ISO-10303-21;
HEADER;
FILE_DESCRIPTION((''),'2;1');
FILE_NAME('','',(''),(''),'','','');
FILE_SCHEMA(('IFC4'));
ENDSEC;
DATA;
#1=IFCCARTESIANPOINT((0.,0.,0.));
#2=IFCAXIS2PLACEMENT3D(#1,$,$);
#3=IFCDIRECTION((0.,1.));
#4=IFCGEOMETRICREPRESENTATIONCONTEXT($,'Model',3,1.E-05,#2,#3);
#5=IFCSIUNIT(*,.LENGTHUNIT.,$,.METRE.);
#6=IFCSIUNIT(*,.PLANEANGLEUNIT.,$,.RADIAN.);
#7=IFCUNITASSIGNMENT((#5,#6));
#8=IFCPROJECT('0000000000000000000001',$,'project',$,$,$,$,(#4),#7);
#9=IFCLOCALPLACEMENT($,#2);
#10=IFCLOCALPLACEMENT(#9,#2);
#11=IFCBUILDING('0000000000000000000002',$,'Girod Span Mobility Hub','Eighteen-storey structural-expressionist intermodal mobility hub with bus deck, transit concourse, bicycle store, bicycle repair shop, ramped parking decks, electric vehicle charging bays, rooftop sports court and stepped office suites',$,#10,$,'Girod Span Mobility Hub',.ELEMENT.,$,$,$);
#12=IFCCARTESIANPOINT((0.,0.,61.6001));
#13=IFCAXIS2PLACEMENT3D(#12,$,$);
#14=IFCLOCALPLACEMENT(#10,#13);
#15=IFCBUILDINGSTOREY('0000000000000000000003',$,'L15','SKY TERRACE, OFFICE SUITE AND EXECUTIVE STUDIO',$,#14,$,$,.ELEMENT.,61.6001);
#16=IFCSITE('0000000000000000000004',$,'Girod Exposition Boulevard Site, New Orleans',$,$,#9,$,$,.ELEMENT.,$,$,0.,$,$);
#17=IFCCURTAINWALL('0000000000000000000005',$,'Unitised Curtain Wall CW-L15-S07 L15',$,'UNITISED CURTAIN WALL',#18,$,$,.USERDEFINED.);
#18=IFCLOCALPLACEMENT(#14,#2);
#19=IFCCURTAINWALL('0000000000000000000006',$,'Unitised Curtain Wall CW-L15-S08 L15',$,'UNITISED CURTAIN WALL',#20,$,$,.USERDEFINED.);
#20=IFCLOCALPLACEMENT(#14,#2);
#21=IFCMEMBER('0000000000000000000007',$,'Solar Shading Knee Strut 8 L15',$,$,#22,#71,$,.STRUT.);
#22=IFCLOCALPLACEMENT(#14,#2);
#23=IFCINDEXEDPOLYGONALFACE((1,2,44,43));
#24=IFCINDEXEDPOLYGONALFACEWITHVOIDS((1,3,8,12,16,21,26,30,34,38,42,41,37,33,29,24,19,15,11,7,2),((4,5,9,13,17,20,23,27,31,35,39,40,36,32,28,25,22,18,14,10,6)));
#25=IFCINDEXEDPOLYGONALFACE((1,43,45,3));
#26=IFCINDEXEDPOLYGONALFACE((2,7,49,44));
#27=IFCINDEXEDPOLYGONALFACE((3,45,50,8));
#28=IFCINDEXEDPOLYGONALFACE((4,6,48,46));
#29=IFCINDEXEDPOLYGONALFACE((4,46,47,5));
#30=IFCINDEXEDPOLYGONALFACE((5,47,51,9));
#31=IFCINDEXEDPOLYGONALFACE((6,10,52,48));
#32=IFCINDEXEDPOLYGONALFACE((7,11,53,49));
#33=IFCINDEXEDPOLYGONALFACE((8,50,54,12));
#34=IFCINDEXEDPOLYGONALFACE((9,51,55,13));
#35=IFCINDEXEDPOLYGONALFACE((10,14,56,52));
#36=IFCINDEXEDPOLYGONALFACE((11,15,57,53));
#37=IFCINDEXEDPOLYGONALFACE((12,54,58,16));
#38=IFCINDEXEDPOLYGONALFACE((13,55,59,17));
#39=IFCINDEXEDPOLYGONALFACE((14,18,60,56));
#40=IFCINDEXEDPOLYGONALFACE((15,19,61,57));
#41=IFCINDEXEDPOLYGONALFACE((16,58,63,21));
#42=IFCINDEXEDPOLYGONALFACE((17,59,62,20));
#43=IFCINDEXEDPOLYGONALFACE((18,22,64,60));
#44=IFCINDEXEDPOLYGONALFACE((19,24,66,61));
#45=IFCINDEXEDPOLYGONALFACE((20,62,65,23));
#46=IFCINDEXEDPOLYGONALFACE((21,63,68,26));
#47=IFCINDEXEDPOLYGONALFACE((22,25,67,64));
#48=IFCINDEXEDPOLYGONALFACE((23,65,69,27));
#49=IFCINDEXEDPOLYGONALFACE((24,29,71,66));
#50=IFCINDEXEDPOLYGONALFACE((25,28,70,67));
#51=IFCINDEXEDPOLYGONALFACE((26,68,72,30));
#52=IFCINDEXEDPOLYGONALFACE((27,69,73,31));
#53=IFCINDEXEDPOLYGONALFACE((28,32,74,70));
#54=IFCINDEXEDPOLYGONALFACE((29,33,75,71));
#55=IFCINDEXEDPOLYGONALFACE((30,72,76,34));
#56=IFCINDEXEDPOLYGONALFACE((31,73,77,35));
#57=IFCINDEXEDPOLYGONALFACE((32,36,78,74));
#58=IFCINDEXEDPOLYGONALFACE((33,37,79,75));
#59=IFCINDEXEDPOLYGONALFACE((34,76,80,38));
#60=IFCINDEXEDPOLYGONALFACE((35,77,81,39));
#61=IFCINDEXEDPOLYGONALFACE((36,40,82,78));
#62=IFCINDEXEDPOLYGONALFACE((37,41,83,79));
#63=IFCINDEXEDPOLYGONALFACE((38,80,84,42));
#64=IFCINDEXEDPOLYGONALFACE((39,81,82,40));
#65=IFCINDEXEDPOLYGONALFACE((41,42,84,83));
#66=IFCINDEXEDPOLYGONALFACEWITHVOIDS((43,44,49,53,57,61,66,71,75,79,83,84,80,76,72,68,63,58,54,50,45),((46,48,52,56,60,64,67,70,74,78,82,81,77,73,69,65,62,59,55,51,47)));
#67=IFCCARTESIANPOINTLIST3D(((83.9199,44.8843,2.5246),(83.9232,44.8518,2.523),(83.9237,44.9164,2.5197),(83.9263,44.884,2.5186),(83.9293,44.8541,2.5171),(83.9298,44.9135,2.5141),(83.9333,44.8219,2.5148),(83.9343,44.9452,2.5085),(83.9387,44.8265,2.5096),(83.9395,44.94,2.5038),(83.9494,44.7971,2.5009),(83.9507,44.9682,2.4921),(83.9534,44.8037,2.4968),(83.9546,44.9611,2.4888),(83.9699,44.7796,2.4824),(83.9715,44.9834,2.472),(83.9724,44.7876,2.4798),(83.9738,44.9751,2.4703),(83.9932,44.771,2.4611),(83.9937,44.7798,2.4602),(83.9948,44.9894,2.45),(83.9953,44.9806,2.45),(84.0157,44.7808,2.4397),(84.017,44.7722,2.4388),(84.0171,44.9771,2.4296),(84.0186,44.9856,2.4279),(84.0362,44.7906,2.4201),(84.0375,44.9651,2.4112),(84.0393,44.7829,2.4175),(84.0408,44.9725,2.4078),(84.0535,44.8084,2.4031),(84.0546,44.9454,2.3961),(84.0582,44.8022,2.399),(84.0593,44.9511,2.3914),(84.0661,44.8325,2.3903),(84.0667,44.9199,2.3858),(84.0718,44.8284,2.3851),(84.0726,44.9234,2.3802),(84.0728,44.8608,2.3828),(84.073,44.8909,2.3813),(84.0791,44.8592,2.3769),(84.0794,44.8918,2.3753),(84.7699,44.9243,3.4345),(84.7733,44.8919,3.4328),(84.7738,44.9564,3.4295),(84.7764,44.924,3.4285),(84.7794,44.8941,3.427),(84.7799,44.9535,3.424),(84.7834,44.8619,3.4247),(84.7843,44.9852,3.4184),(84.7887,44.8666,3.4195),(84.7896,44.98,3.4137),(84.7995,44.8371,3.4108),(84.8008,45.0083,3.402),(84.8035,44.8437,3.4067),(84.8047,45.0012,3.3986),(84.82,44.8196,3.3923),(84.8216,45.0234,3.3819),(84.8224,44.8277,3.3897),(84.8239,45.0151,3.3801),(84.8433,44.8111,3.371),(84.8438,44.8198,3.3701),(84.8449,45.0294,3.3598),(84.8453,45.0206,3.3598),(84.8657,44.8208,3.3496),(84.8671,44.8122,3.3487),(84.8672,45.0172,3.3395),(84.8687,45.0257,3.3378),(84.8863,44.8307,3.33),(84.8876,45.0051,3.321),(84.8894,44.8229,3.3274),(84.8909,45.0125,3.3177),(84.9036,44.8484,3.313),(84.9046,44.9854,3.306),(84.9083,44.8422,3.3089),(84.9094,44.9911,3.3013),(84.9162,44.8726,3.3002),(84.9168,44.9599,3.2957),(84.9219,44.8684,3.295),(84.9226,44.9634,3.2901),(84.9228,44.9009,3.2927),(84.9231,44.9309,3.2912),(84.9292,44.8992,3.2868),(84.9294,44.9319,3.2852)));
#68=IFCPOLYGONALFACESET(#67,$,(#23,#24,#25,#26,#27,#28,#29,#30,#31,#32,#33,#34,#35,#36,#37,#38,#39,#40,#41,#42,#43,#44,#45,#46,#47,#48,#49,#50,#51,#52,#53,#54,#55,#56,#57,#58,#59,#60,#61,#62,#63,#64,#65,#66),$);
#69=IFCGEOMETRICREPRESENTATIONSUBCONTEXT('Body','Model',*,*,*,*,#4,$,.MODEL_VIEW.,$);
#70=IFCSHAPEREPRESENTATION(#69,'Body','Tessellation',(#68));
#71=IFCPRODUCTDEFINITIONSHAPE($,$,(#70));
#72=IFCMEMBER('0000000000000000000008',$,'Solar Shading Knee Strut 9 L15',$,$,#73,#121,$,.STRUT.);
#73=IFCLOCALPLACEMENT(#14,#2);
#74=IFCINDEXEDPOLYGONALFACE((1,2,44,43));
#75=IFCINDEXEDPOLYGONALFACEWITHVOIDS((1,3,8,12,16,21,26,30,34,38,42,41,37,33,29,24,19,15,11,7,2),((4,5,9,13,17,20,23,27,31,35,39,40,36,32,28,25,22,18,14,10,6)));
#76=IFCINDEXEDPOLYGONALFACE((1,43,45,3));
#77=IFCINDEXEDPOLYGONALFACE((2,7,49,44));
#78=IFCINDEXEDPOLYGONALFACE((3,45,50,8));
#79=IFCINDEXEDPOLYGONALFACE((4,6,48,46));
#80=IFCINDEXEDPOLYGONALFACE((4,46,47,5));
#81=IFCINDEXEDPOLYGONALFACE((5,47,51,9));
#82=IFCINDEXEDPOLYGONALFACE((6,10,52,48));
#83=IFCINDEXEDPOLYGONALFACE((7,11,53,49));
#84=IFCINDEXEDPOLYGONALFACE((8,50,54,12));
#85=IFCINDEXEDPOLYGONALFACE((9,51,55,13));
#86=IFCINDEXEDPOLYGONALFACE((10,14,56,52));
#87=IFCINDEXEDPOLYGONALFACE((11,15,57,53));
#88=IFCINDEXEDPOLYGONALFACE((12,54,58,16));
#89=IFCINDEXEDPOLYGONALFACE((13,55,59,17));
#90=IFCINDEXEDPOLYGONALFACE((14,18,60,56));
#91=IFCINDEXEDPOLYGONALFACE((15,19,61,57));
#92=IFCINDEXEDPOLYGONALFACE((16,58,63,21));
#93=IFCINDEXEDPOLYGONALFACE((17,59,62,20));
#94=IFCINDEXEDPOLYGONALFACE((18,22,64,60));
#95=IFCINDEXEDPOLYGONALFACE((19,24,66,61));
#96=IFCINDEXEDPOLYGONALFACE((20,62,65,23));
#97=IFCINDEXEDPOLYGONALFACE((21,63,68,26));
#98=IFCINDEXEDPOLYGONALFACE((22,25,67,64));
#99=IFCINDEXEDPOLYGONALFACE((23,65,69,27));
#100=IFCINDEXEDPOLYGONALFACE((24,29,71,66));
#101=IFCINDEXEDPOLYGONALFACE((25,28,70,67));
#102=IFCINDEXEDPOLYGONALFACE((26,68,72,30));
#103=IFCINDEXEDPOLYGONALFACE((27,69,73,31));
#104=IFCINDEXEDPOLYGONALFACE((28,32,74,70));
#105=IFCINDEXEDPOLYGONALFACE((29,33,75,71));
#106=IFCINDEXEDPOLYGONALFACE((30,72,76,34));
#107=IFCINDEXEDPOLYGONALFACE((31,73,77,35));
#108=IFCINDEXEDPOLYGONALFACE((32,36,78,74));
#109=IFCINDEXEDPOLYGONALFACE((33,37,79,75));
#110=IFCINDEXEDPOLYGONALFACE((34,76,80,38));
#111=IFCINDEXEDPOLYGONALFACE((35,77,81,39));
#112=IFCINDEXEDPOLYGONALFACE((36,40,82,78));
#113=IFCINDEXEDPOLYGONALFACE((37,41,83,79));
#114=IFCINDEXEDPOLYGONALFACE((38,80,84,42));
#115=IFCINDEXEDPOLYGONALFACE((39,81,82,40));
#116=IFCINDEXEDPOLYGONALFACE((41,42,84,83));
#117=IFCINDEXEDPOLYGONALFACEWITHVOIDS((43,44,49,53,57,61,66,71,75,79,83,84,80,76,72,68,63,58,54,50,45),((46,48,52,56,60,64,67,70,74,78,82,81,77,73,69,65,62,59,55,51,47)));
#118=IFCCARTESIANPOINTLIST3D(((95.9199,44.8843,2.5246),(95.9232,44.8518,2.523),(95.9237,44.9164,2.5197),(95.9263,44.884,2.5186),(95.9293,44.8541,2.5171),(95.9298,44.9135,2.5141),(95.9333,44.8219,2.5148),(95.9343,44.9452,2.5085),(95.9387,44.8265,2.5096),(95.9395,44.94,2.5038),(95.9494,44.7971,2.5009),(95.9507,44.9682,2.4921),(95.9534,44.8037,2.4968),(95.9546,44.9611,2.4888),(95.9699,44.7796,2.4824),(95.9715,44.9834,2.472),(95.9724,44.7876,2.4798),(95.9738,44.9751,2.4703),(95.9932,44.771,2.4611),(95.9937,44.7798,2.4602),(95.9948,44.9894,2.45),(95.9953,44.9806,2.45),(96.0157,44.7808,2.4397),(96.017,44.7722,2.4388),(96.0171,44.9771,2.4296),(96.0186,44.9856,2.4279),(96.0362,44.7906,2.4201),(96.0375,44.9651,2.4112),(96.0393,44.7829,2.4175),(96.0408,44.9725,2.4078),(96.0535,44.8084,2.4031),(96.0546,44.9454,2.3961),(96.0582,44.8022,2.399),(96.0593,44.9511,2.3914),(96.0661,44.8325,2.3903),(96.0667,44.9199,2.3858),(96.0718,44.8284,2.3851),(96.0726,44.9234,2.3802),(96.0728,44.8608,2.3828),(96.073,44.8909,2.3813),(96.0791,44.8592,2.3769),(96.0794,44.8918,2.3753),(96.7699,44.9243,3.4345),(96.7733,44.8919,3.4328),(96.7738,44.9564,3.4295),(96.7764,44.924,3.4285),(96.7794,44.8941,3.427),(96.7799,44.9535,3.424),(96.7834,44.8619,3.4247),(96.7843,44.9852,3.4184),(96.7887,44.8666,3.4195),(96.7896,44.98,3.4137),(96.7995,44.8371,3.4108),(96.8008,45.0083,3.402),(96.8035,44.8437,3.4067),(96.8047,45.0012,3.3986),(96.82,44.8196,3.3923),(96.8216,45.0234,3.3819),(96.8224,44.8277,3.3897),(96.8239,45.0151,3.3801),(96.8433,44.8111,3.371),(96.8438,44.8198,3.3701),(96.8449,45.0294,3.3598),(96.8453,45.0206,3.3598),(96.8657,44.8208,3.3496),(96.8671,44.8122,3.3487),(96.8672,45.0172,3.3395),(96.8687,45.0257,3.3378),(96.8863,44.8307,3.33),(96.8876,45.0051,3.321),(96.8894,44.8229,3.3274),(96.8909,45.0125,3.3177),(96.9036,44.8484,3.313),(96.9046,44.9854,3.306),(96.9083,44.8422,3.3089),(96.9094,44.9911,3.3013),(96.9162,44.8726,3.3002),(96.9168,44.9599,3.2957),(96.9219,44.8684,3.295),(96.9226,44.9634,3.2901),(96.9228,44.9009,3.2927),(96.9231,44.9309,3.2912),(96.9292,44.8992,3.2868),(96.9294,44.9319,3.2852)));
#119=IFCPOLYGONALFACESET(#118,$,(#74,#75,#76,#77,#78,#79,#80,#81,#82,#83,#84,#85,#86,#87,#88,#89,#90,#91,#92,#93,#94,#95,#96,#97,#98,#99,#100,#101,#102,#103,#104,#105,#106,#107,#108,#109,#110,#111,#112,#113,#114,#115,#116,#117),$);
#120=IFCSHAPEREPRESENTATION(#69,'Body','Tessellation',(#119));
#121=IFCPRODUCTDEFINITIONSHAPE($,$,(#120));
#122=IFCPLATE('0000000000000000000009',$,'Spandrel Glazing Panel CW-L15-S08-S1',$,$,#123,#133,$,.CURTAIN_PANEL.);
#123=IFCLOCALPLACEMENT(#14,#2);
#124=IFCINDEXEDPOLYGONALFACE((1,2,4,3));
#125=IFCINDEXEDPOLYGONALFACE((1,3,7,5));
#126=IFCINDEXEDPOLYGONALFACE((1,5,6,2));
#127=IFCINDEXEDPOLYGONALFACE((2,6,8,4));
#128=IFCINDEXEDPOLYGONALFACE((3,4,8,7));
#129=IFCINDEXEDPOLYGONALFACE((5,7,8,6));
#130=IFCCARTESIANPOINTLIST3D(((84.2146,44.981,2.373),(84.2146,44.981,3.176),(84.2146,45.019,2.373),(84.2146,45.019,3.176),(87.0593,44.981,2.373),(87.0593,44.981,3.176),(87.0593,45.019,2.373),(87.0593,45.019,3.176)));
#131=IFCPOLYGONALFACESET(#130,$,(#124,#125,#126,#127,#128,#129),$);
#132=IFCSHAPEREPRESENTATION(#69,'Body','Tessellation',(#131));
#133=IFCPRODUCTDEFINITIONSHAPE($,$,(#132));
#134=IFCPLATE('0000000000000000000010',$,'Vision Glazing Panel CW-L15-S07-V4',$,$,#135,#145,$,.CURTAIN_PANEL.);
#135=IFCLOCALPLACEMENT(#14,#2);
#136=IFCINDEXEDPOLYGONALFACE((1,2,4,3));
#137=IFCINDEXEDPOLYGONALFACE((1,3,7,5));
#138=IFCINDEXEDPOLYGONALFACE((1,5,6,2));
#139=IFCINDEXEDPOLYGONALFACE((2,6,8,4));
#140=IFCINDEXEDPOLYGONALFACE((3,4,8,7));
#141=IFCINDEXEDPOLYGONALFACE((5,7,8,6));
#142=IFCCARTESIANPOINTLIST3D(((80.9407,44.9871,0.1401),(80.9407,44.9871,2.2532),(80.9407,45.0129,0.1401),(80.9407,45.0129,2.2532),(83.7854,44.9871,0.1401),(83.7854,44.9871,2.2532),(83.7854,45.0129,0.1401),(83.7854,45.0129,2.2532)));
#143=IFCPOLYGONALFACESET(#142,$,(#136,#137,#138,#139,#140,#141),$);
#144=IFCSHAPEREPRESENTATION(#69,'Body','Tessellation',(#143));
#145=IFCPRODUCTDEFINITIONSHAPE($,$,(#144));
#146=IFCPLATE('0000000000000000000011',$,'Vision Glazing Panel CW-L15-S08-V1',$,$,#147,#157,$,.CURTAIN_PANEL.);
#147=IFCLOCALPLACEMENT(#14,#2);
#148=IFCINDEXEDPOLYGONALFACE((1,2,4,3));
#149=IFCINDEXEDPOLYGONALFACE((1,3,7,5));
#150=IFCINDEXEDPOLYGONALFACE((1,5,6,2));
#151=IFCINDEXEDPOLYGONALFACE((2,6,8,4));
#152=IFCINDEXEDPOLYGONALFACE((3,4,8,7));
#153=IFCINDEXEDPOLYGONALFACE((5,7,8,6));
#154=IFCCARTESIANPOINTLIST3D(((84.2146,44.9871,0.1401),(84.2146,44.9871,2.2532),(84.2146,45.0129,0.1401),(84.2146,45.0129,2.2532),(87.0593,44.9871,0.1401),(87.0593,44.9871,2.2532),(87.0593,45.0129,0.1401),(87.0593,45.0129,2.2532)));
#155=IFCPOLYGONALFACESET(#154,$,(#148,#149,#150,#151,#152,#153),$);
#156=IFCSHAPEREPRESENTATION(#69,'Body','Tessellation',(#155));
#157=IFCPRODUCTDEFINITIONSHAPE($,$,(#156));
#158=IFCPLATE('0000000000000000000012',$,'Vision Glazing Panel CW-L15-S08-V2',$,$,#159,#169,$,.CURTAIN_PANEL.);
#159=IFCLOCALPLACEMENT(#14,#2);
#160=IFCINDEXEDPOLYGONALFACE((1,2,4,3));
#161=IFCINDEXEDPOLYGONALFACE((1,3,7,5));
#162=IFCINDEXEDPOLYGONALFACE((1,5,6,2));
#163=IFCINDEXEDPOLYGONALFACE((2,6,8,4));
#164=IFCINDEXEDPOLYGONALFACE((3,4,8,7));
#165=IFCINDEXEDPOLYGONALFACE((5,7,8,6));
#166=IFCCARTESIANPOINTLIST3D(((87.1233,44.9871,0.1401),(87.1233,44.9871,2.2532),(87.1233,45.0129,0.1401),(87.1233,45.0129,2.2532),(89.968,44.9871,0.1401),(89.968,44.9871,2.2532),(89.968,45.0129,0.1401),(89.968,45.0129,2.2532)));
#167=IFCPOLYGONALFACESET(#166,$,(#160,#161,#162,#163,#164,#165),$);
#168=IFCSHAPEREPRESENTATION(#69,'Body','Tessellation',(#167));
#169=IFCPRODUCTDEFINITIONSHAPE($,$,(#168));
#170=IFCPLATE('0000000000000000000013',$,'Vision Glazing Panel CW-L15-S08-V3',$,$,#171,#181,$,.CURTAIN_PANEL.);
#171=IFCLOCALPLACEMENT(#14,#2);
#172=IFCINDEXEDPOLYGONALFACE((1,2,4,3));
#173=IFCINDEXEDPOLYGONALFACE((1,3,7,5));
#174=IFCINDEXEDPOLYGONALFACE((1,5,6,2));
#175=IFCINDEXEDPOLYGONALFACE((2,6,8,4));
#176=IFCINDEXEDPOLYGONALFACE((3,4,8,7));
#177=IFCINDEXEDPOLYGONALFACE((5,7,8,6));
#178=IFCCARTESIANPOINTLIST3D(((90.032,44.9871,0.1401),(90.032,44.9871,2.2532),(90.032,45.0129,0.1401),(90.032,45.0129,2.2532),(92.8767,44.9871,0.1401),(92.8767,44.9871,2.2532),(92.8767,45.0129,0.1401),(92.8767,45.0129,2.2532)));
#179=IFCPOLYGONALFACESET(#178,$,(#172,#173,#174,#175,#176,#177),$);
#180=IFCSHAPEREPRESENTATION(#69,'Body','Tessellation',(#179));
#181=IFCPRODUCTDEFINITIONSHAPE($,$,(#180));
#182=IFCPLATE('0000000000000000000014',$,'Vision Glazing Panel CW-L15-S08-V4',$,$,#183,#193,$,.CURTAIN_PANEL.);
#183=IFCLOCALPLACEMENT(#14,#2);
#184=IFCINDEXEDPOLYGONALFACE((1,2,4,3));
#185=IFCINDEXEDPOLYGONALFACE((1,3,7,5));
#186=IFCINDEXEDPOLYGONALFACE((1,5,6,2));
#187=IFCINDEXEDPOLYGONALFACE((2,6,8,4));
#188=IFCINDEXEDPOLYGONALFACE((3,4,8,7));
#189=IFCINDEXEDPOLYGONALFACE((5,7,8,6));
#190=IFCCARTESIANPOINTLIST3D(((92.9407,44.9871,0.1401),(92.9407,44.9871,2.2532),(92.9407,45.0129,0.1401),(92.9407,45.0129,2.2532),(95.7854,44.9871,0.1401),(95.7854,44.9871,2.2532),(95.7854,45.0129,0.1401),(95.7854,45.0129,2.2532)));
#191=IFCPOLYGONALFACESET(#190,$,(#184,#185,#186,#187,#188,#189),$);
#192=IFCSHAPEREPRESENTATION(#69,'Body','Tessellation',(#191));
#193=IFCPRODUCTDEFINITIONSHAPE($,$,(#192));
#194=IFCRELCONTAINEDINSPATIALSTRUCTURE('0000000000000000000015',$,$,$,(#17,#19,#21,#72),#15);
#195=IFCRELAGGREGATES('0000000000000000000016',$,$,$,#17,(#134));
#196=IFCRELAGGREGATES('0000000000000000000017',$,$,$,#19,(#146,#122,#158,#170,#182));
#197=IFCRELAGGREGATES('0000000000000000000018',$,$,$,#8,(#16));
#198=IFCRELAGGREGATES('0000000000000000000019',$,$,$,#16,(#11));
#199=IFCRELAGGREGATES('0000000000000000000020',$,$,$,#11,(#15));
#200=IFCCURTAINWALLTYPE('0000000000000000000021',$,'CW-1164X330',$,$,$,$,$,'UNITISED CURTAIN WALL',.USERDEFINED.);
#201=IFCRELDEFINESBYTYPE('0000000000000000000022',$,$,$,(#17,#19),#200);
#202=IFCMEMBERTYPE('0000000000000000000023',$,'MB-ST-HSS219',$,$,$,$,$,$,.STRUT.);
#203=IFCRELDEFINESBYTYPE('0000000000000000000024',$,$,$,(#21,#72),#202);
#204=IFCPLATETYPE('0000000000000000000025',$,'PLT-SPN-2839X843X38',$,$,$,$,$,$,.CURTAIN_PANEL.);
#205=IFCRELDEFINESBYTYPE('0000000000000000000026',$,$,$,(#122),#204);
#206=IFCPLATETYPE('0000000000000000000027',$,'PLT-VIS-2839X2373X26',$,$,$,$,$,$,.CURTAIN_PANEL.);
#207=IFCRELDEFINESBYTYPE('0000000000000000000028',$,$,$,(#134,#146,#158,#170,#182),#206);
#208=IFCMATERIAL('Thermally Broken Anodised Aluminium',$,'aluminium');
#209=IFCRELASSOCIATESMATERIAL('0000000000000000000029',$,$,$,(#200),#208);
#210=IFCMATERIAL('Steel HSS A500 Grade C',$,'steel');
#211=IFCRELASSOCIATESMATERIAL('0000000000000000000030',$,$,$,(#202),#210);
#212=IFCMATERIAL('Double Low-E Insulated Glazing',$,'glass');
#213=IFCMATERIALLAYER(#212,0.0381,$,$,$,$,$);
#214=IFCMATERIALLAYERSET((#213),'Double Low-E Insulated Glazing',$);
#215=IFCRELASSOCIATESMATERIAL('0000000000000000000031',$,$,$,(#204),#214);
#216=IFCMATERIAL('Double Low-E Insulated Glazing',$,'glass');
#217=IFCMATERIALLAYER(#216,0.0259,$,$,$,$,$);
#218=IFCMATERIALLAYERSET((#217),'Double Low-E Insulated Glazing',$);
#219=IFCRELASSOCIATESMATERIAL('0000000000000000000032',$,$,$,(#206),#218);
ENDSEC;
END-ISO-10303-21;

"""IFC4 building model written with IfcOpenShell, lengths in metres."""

from ifc_helpers import new_model, si_unit, direction, frame, origin, origin_2d, place, context, subcontext, project, spatial, rectangle, hollow_circle, extrude, material, layer, layer_set, material_profile, profile_set, type_object, element, aggregate, save


model = new_model("IFC4")

# Units and contexts
model_context = context("Model", 3, precision=1e-05, world=origin(), true_north=direction((0.0, 1.0)))
body_context = subcontext(model_context, "Body", "Model", "MODEL_VIEW")
ifc_project = project(units=[si_unit("LENGTHUNIT", "METRE"), si_unit("PLANEANGLEUNIT", "RADIAN")], contexts=[model_context])

# Site, building, storey
site_placement = place(None, origin())
site = spatial("IfcSite", under=ifc_project, at=site_placement, Name="Girod Exposition Boulevard Site, New Orleans", CompositionType="ELEMENT", RefElevation=0.0)
building_placement = place(site_placement, origin())
building = spatial("IfcBuilding", under=site, at=building_placement, Name="Girod Span Mobility Hub", Description="Eighteen-storey structural-expressionist intermodal mobility hub with bus deck, transit concourse, bicycle store, bicycle repair shop, ramped parking decks, electric vehicle charging bays, rooftop sports court and stepped office suites", LongName="Girod Span Mobility Hub", CompositionType="ELEMENT")
storey_placement = place(building_placement, frame((0.0, 0.0, 61.6001)))
storey = spatial("IfcBuildingStorey", under=building, at=storey_placement, Name="L15", Description="SKY TERRACE, OFFICE SUITE AND EXECUTIVE STUDIO", CompositionType="ELEMENT", Elevation=61.6001)

# Curtain wall
ifc_material_1 = material(Name="Thermally Broken Anodised Aluminium", Category="aluminium")
curtain_wall_type = type_object("IfcCurtainWallType", Name="CW-1164X330", ElementType="UNITISED CURTAIN WALL", PredefinedType="USERDEFINED", material=ifc_material_1)
curtain_wall_1_placement = place(storey_placement, origin())
curtain_wall_1 = element("IfcCurtainWall", 1, at=curtain_wall_1_placement, inside=storey, type_object=curtain_wall_type, Name="Unitised Curtain Wall CW-L15-S07 L15", ObjectType="UNITISED CURTAIN WALL", PredefinedType="USERDEFINED")

# Curtain wall
curtain_wall_2_placement = place(storey_placement, origin())
curtain_wall_2 = element("IfcCurtainWall", 2, at=curtain_wall_2_placement, inside=storey, type_object=curtain_wall_type, Name="Unitised Curtain Wall CW-L15-S08 L15", ObjectType="UNITISED CURTAIN WALL", PredefinedType="USERDEFINED")

# Members
ifc_material_2 = material(Name="Steel HSS A500 Grade C", Category="steel")
ifc_material_profile_1 = material_profile(ifc_material_2, hollow_circle(Radius=0.1096, WallThickness=0.0088, at=origin_2d()), Name="HSS219X9.5")
ifc_profile_set_1 = profile_set([ifc_material_profile_1], Name="Steel HSS A500 Grade C")
member_type_1 = type_object("IfcMemberType", Name="MB-ST-HSS219", PredefinedType="STRUT", material=ifc_profile_set_1)
for number, where, z_axis, x_axis, name in (
    (3, (84.0, 44.8799, 2.45), (0.682329, 0.032137, 0.730339), (-0.047047, 0.998893, 0.0), "Solar Shading Knee Strut 8 L15"),
    (4, (96.0, 44.8799, 2.45), (0.682329, 0.032137, 0.730339), (-0.047047, 0.998893, 0.0), "Solar Shading Knee Strut 9 L15"),
):
    element("IfcMember", number, at=place(storey_placement, frame(where, z_axis=z_axis, x_axis=x_axis)), inside=storey, type_object=member_type_1, Name=name, PredefinedType="STRUT", context=body_context, shape_type="SweptSolid", body=[
        extrude(hollow_circle(Radius=0.1096, WallThickness=0.0088, at=origin_2d()), origin(), (0.0, 0.0, 1.0), 1.2458),
    ])

# Plates
ifc_material_3 = material(Name="Double Low-E Insulated Glazing", Category="glass")
ifc_layer_1 = layer(ifc_material_3, 0.0381)
ifc_layer_set_1 = layer_set([ifc_layer_1], Name="Double Low-E Insulated Glazing")
plate_type_1 = type_object("IfcPlateType", Name="PLT-SPN-2839X843X38", PredefinedType="CURTAIN_PANEL", material=ifc_layer_set_1)
plate_1_placement = place(storey_placement, frame((85.637, 45.0, 2.373), z_axis=(0.0, 0.0, 1.0), x_axis=(1.0, 0.0, 0.0)))
plate_1 = element("IfcPlate", 5, at=plate_1_placement, type_object=plate_type_1, Name="Spandrel Glazing Panel CW-L15-S08-S1", PredefinedType="CURTAIN_PANEL", context=body_context, shape_type="SweptSolid", body=[
    extrude(rectangle(XDim=2.8447, YDim=0.0381, at=origin_2d()), origin(), (0.0, 0.0, 1.0), 0.803),
])
ifc_material_4 = material(Name="Double Low-E Insulated Glazing", Category="glass")
ifc_layer_2 = layer(ifc_material_4, 0.0259)
ifc_layer_set_2 = layer_set([ifc_layer_2], Name="Double Low-E Insulated Glazing")
plate_type_2 = type_object("IfcPlateType", Name="PLT-VIS-2839X2373X26", PredefinedType="CURTAIN_PANEL", material=ifc_layer_set_2)
plate_2_placement = place(storey_placement, frame((82.363, 45.0, 0.1401), z_axis=(0.0, 0.0, 1.0), x_axis=(1.0, 0.0, 0.0)))
plate_2 = element("IfcPlate", 6, at=plate_2_placement, type_object=plate_type_2, Name="Vision Glazing Panel CW-L15-S07-V4", PredefinedType="CURTAIN_PANEL", context=body_context, shape_type="SweptSolid", body=[
    extrude(rectangle(XDim=2.8447, YDim=0.0259, at=origin_2d()), origin(), (0.0, 0.0, 1.0), 2.113),
])
aggregate(curtain_wall_1, [plate_2])
plate_3_placement = place(storey_placement, frame((85.637, 45.0, 0.1401), z_axis=(0.0, 0.0, 1.0), x_axis=(1.0, 0.0, 0.0)))
plate_3 = element("IfcPlate", 7, at=plate_3_placement, type_object=plate_type_2, Name="Vision Glazing Panel CW-L15-S08-V1", PredefinedType="CURTAIN_PANEL", context=body_context, shape_type="SweptSolid", body=[
    extrude(rectangle(XDim=2.8447, YDim=0.0259, at=origin_2d()), origin(), (0.0, 0.0, 1.0), 2.113),
])
plate_4_placement = place(storey_placement, frame((88.5457, 45.0, 0.1401), z_axis=(0.0, 0.0, 1.0), x_axis=(1.0, 0.0, 0.0)))
plate_4 = element("IfcPlate", 8, at=plate_4_placement, type_object=plate_type_2, Name="Vision Glazing Panel CW-L15-S08-V2", PredefinedType="CURTAIN_PANEL", context=body_context, shape_type="SweptSolid", body=[
    extrude(rectangle(XDim=2.8447, YDim=0.0259, at=origin_2d()), origin(), (0.0, 0.0, 1.0), 2.113),
])
plate_5_placement = place(storey_placement, frame((91.4543, 45.0, 0.1401), z_axis=(0.0, 0.0, 1.0), x_axis=(1.0, 0.0, 0.0)))
plate_5 = element("IfcPlate", 9, at=plate_5_placement, type_object=plate_type_2, Name="Vision Glazing Panel CW-L15-S08-V3", PredefinedType="CURTAIN_PANEL", context=body_context, shape_type="SweptSolid", body=[
    extrude(rectangle(XDim=2.8447, YDim=0.0259, at=origin_2d()), origin(), (0.0, 0.0, 1.0), 2.113),
])
plate_6_placement = place(storey_placement, frame((94.363, 45.0, 0.1401), z_axis=(0.0, 0.0, 1.0), x_axis=(1.0, 0.0, 0.0)))
plate_6 = element("IfcPlate", 10, at=plate_6_placement, type_object=plate_type_2, Name="Vision Glazing Panel CW-L15-S08-V4", PredefinedType="CURTAIN_PANEL", context=body_context, shape_type="SweptSolid", body=[
    extrude(rectangle(XDim=2.8447, YDim=0.0259, at=origin_2d()), origin(), (0.0, 0.0, 1.0), 2.113),
])
aggregate(curtain_wall_2, [plate_3, plate_1, plate_4, plate_5, plate_6])

save(model, "model.ifc")
